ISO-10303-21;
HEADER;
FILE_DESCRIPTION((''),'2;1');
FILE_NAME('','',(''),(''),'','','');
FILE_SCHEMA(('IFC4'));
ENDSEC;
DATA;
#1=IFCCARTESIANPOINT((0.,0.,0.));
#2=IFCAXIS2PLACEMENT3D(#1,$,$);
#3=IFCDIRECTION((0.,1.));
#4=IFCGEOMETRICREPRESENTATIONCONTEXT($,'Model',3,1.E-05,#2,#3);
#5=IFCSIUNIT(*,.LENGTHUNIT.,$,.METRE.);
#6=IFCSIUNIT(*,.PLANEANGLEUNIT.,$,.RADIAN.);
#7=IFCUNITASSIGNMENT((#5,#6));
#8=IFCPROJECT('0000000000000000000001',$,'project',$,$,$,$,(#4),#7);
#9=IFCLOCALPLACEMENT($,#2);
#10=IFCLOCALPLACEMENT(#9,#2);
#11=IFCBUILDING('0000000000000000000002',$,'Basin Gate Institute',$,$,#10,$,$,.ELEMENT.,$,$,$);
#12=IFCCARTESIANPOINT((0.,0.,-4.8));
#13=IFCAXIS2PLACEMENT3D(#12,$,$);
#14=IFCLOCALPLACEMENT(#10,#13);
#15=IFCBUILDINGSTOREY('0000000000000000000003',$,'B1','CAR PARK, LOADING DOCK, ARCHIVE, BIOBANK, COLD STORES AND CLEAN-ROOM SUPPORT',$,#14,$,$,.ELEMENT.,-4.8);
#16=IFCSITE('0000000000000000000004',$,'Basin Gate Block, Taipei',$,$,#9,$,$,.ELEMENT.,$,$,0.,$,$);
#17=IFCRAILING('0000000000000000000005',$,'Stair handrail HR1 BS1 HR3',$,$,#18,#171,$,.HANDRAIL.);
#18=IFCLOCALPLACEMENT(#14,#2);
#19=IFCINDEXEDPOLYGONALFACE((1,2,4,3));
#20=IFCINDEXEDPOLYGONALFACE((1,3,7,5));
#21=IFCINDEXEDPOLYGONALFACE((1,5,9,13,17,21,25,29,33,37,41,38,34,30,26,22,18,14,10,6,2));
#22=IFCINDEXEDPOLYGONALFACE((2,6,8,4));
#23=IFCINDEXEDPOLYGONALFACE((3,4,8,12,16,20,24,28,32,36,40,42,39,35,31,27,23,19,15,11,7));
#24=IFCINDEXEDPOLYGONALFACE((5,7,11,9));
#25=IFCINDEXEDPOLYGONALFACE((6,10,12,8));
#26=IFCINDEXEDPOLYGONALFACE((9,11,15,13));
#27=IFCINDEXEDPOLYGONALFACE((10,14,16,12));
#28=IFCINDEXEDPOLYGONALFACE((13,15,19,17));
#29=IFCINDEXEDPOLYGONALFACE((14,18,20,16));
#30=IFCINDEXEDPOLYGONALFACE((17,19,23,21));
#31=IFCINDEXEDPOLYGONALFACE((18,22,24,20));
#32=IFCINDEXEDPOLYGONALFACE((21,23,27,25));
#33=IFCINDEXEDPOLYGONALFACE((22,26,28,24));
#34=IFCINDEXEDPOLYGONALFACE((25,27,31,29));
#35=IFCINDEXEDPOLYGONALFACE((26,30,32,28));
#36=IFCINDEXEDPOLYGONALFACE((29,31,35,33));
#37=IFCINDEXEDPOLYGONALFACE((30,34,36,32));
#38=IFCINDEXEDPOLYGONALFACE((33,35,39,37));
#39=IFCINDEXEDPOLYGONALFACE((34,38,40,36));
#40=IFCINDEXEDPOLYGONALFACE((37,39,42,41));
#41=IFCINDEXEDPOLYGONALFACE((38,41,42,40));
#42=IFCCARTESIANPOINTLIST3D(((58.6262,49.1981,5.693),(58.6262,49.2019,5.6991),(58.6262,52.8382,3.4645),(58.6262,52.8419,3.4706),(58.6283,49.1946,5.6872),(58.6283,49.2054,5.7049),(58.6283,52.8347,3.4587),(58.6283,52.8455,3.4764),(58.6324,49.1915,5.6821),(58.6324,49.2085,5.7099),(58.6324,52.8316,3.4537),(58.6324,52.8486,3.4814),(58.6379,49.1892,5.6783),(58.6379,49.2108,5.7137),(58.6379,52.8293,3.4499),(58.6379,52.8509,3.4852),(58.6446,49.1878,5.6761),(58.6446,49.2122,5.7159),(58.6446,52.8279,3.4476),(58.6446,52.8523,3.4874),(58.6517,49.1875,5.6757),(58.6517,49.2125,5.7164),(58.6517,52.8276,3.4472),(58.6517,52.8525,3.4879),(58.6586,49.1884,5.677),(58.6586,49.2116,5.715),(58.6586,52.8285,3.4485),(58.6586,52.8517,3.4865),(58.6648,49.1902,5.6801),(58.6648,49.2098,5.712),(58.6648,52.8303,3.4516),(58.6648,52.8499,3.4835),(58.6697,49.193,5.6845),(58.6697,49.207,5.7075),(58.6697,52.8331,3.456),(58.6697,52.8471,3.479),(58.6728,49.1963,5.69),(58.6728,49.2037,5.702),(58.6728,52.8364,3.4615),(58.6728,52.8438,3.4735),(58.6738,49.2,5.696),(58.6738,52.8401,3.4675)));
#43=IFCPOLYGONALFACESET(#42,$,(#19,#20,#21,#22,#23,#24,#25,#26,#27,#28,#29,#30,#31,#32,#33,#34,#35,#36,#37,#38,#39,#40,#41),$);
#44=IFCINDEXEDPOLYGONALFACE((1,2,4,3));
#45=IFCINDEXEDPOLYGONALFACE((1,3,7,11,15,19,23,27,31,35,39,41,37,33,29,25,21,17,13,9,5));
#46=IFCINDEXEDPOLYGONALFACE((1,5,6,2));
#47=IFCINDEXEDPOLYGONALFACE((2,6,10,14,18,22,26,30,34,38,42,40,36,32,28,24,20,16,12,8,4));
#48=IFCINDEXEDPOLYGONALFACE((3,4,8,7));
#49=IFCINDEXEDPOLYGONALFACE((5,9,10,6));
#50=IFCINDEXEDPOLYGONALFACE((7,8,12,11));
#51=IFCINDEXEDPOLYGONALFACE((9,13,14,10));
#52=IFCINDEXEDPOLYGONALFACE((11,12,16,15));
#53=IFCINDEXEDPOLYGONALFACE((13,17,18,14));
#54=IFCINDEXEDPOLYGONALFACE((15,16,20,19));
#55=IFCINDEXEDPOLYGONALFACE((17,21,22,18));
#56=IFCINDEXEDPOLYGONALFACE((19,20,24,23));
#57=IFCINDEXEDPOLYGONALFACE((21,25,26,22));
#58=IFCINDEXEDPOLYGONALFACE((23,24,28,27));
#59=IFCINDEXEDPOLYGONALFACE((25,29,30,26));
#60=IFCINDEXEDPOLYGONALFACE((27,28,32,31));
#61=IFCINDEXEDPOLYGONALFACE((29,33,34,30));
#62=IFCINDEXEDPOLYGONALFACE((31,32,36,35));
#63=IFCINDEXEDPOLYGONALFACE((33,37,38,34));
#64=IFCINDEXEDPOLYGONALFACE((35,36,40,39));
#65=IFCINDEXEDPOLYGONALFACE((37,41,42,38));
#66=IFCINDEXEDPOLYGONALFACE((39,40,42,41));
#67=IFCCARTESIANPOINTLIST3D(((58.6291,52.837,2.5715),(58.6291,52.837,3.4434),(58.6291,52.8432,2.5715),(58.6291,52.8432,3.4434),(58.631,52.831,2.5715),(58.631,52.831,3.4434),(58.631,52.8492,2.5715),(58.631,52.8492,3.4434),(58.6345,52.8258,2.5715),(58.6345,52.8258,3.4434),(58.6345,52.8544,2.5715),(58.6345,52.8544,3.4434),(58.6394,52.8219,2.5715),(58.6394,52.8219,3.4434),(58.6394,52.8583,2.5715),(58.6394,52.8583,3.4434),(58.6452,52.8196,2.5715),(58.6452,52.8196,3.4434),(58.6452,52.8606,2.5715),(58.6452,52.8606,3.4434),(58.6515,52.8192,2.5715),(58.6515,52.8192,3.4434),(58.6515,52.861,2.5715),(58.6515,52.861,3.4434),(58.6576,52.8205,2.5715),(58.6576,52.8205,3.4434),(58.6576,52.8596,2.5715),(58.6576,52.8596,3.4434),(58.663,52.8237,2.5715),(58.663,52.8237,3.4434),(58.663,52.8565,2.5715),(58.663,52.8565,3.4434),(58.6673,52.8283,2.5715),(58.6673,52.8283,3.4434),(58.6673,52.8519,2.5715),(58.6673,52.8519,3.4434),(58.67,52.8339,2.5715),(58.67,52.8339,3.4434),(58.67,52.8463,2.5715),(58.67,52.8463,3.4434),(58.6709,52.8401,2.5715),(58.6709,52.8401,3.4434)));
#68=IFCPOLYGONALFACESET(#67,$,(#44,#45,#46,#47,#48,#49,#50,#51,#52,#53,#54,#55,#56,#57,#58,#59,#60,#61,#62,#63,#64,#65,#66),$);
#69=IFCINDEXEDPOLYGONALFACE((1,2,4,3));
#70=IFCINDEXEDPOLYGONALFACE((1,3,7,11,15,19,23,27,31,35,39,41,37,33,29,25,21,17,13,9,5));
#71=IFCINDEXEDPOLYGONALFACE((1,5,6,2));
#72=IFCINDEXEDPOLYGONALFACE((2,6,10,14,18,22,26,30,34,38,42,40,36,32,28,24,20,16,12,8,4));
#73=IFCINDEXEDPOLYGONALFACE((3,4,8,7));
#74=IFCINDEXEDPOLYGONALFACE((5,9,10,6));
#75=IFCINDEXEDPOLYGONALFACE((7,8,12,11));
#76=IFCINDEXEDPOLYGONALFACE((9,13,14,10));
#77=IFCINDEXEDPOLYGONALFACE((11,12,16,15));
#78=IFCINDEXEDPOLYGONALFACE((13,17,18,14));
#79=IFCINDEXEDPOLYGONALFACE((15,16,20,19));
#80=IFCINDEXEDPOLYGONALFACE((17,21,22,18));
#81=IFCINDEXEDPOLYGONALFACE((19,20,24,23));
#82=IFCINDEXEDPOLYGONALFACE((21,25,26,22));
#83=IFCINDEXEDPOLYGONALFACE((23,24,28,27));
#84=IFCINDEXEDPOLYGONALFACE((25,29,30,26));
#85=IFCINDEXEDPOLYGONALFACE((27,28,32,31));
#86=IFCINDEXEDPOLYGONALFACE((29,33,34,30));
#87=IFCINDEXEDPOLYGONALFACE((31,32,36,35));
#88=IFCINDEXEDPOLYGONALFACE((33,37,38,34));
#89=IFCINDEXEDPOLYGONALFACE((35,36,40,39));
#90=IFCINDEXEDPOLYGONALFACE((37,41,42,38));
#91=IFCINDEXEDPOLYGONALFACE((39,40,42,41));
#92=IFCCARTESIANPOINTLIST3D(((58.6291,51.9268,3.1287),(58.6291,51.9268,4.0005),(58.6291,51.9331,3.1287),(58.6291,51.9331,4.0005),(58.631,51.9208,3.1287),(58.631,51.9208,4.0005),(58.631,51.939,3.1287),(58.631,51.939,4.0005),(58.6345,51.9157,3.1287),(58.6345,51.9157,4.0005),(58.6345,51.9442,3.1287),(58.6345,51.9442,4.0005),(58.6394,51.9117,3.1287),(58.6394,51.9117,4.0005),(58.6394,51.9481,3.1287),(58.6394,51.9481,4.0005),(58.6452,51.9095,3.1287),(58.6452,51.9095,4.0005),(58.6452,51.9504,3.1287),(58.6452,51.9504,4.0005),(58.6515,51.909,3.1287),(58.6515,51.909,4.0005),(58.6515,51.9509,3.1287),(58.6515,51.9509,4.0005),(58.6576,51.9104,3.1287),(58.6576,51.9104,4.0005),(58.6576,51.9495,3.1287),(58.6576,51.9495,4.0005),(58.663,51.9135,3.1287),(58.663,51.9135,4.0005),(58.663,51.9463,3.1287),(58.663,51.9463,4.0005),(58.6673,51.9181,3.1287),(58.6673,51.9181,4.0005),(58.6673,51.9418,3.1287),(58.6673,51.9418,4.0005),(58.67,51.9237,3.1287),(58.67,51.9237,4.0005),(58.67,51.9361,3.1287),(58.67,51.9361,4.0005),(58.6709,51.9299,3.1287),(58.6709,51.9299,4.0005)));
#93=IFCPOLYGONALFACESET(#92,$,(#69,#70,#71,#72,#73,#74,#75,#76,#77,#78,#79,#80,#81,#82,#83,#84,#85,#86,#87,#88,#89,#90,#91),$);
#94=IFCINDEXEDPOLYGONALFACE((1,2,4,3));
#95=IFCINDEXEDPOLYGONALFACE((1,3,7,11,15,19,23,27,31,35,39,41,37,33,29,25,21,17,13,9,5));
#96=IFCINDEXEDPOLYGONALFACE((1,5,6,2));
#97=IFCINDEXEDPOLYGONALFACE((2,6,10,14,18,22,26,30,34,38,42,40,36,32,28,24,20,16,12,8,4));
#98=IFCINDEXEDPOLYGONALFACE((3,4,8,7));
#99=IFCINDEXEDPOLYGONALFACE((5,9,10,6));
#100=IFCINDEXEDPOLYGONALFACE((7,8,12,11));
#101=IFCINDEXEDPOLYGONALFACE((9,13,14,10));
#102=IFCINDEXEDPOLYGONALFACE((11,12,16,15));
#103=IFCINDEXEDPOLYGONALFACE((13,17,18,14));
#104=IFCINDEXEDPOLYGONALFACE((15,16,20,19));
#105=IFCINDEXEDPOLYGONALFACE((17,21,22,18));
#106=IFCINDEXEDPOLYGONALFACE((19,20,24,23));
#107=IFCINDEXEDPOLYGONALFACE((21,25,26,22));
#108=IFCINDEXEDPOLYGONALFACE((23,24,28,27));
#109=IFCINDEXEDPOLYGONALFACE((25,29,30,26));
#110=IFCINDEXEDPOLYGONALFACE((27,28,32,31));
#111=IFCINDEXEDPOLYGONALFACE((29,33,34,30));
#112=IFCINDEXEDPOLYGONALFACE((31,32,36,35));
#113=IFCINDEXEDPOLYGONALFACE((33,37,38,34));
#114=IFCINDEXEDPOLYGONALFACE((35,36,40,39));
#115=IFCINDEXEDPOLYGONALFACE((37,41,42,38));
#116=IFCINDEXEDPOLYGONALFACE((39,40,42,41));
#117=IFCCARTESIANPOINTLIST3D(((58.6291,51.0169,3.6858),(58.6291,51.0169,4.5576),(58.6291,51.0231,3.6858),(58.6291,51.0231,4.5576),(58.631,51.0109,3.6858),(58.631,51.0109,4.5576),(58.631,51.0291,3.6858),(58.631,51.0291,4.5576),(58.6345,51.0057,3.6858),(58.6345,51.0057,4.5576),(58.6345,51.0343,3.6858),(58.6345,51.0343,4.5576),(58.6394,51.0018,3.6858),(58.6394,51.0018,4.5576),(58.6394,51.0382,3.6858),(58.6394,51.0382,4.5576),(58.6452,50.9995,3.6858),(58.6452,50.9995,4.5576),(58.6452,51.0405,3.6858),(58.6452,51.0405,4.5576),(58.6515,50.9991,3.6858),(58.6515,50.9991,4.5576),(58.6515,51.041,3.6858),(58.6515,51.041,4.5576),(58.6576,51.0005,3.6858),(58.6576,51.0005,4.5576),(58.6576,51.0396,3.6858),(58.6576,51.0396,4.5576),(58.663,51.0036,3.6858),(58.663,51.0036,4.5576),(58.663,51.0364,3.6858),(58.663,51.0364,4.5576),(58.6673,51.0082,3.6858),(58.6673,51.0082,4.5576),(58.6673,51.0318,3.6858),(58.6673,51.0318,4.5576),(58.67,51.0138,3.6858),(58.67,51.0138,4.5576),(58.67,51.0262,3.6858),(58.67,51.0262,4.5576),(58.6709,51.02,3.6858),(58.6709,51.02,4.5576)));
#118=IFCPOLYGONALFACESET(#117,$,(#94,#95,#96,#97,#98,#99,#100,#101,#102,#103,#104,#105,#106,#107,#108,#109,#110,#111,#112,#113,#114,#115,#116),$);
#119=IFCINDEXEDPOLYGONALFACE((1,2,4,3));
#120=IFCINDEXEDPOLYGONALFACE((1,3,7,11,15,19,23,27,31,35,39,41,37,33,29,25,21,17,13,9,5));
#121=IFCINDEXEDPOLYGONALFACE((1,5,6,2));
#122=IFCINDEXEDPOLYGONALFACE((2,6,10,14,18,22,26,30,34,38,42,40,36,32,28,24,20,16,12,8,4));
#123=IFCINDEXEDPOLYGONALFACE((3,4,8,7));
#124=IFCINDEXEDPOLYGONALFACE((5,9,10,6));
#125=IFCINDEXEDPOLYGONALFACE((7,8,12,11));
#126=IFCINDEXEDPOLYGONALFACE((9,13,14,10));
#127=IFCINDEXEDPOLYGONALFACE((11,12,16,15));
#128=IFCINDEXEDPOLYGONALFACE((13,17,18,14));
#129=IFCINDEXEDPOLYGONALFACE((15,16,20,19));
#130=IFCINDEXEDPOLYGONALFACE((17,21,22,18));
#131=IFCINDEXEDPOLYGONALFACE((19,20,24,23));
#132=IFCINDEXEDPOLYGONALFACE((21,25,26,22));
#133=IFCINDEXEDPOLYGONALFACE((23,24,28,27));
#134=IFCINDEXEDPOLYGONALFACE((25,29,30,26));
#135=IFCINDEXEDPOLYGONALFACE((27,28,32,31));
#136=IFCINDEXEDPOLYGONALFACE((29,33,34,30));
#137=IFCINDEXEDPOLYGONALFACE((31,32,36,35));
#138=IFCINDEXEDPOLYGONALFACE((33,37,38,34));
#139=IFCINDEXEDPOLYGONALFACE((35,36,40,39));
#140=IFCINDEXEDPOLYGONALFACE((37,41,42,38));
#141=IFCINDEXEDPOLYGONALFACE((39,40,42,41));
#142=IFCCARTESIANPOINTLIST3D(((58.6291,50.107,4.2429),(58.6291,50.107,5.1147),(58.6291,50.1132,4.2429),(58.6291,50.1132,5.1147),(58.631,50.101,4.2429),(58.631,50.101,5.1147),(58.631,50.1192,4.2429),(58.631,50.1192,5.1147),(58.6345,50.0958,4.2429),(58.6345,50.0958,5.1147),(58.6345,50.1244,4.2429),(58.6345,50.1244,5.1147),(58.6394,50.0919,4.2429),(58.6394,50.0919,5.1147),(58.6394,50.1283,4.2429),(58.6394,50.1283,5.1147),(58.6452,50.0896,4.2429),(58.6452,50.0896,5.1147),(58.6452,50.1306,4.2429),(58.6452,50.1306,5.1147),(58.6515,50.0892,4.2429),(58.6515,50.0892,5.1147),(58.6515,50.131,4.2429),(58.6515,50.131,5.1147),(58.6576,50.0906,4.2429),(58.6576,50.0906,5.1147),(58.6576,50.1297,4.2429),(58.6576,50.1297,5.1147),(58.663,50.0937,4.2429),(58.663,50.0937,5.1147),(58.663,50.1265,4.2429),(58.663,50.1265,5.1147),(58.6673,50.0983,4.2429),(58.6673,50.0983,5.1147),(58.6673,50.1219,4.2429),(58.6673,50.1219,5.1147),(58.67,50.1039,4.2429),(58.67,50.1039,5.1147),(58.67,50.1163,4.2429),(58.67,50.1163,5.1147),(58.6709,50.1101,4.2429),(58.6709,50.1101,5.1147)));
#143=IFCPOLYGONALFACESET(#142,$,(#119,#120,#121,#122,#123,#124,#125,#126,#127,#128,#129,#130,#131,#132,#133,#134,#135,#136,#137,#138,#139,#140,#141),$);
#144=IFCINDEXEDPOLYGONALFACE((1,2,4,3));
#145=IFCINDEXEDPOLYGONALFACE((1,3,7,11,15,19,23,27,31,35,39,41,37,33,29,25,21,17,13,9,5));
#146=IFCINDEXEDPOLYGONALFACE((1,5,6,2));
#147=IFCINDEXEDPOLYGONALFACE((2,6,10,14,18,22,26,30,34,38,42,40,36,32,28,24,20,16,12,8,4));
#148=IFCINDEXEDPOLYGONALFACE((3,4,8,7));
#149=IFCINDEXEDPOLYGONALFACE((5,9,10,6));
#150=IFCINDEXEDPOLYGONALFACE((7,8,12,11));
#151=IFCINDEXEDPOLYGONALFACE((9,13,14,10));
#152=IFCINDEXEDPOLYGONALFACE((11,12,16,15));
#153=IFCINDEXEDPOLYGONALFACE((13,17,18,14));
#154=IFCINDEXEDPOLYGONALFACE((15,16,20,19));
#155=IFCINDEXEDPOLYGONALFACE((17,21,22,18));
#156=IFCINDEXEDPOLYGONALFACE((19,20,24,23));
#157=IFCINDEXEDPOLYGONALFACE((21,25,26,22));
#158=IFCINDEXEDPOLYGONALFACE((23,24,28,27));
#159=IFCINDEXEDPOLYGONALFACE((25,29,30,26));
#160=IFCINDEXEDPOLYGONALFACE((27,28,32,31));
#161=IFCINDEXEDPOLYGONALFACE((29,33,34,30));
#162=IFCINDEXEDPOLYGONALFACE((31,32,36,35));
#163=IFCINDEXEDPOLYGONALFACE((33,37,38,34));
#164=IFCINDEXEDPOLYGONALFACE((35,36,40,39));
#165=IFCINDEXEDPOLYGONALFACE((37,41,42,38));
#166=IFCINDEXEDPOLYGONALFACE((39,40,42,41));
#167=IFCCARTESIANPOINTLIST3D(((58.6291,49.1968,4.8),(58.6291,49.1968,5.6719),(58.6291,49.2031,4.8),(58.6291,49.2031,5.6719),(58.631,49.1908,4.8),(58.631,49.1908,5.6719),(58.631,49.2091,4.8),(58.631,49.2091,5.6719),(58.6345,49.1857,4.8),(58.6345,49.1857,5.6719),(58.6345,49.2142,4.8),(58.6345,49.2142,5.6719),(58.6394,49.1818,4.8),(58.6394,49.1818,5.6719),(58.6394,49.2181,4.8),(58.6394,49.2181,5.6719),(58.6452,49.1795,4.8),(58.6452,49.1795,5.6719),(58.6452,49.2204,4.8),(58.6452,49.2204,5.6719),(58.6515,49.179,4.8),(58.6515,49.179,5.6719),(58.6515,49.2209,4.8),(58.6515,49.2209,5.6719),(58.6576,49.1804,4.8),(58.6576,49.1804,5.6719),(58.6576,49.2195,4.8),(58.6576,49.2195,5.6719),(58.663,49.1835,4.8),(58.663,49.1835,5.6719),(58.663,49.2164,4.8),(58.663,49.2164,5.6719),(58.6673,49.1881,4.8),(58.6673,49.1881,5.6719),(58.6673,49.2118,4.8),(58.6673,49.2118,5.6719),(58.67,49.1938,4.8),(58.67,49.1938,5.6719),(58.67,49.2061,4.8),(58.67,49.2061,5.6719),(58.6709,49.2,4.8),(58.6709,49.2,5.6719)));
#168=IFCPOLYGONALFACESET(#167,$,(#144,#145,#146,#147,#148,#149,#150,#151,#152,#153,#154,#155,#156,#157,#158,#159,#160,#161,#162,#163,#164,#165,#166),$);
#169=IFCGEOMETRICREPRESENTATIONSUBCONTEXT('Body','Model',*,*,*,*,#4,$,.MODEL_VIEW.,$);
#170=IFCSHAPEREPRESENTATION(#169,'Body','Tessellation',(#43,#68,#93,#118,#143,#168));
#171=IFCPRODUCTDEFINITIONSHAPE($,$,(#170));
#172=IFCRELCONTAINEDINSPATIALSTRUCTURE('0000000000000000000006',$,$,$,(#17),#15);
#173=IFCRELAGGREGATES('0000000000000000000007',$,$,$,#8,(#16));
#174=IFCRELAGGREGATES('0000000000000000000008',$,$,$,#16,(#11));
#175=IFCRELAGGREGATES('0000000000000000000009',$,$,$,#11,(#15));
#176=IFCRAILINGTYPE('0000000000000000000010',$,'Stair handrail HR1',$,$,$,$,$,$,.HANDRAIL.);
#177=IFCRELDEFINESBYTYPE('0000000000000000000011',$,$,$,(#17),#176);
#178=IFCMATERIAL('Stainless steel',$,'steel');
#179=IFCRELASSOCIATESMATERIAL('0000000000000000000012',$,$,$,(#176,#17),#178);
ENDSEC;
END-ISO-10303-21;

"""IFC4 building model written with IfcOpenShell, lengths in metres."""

from ifc_helpers import new_model, si_unit, direction, frame, origin, origin_2d, place, context, subcontext, project, spatial, circle, extrude, material, type_object, element, save


model = new_model("IFC4")

# Units and contexts
model_context = context("Model", 3, precision=1e-05, world=origin(), true_north=direction((0.0, 1.0)))
body_context = subcontext(model_context, "Body", "Model", "MODEL_VIEW")
ifc_project = project(units=[si_unit("LENGTHUNIT", "METRE"), si_unit("PLANEANGLEUNIT", "RADIAN")], contexts=[model_context])

# Site, building, storey
site_placement = place(None, origin())
site = spatial("IfcSite", under=ifc_project, at=site_placement, Name="Basin Gate Block, Taipei", CompositionType="ELEMENT", RefElevation=0.0)
building_placement = place(site_placement, origin())
building = spatial("IfcBuilding", under=site, at=building_placement, Name="Basin Gate Institute", CompositionType="ELEMENT")
storey_placement = place(building_placement, frame((0.0, 0.0, -4.8)))
storey = spatial("IfcBuildingStorey", under=building, at=storey_placement, Name="B1", Description="CAR PARK, LOADING DOCK, ARCHIVE, BIOBANK, COLD STORES AND CLEAN-ROOM SUPPORT", CompositionType="ELEMENT", Elevation=-4.8)

# Railing
ifc_material_1 = material(Name="Stainless steel", Category="steel")
railing_type_1 = type_object("IfcRailingType", Name="Stair handrail HR1", PredefinedType="HANDRAIL", material=ifc_material_1)
railing_1_placement = place(storey_placement, frame((58.6499, 52.8401, 2.5715)))
element("IfcRailing", 1, at=railing_1_placement, inside=storey, type_object=railing_type_1, material=ifc_material_1, Name="Stair handrail HR1 BS1 HR3", PredefinedType="HANDRAIL", context=body_context, shape_type="SweptSolid", body=[
    extrude(circle(Radius=0.0239, at=origin_2d()), frame((0.0, 0.0, 0.896), z_axis=(0.0, -0.852866, 0.52213), x_axis=(1.0, 0.0, 0.0)), (0.0, 0.0, 1.0), 4.2681),
    extrude(circle(Radius=0.021, at=origin_2d()), origin(), (0.0, 0.0, 1.0), 0.8718),
    extrude(circle(Radius=0.021, at=origin_2d()), frame((0.0, -0.9102, 0.5571)), (0.0, 0.0, 1.0), 0.8718),
    extrude(circle(Radius=0.021, at=origin_2d()), frame((0.0, -1.8201, 1.1143)), (0.0, 0.0, 1.0), 0.8718),
    extrude(circle(Radius=0.021, at=origin_2d()), frame((0.0, -2.73, 1.6714)), (0.0, 0.0, 1.0), 0.8718),
    extrude(circle(Radius=0.021, at=origin_2d()), frame((0.0, -3.6401, 2.2285)), (0.0, 0.0, 1.0), 0.8718),
])

save(model, "model.ifc")
